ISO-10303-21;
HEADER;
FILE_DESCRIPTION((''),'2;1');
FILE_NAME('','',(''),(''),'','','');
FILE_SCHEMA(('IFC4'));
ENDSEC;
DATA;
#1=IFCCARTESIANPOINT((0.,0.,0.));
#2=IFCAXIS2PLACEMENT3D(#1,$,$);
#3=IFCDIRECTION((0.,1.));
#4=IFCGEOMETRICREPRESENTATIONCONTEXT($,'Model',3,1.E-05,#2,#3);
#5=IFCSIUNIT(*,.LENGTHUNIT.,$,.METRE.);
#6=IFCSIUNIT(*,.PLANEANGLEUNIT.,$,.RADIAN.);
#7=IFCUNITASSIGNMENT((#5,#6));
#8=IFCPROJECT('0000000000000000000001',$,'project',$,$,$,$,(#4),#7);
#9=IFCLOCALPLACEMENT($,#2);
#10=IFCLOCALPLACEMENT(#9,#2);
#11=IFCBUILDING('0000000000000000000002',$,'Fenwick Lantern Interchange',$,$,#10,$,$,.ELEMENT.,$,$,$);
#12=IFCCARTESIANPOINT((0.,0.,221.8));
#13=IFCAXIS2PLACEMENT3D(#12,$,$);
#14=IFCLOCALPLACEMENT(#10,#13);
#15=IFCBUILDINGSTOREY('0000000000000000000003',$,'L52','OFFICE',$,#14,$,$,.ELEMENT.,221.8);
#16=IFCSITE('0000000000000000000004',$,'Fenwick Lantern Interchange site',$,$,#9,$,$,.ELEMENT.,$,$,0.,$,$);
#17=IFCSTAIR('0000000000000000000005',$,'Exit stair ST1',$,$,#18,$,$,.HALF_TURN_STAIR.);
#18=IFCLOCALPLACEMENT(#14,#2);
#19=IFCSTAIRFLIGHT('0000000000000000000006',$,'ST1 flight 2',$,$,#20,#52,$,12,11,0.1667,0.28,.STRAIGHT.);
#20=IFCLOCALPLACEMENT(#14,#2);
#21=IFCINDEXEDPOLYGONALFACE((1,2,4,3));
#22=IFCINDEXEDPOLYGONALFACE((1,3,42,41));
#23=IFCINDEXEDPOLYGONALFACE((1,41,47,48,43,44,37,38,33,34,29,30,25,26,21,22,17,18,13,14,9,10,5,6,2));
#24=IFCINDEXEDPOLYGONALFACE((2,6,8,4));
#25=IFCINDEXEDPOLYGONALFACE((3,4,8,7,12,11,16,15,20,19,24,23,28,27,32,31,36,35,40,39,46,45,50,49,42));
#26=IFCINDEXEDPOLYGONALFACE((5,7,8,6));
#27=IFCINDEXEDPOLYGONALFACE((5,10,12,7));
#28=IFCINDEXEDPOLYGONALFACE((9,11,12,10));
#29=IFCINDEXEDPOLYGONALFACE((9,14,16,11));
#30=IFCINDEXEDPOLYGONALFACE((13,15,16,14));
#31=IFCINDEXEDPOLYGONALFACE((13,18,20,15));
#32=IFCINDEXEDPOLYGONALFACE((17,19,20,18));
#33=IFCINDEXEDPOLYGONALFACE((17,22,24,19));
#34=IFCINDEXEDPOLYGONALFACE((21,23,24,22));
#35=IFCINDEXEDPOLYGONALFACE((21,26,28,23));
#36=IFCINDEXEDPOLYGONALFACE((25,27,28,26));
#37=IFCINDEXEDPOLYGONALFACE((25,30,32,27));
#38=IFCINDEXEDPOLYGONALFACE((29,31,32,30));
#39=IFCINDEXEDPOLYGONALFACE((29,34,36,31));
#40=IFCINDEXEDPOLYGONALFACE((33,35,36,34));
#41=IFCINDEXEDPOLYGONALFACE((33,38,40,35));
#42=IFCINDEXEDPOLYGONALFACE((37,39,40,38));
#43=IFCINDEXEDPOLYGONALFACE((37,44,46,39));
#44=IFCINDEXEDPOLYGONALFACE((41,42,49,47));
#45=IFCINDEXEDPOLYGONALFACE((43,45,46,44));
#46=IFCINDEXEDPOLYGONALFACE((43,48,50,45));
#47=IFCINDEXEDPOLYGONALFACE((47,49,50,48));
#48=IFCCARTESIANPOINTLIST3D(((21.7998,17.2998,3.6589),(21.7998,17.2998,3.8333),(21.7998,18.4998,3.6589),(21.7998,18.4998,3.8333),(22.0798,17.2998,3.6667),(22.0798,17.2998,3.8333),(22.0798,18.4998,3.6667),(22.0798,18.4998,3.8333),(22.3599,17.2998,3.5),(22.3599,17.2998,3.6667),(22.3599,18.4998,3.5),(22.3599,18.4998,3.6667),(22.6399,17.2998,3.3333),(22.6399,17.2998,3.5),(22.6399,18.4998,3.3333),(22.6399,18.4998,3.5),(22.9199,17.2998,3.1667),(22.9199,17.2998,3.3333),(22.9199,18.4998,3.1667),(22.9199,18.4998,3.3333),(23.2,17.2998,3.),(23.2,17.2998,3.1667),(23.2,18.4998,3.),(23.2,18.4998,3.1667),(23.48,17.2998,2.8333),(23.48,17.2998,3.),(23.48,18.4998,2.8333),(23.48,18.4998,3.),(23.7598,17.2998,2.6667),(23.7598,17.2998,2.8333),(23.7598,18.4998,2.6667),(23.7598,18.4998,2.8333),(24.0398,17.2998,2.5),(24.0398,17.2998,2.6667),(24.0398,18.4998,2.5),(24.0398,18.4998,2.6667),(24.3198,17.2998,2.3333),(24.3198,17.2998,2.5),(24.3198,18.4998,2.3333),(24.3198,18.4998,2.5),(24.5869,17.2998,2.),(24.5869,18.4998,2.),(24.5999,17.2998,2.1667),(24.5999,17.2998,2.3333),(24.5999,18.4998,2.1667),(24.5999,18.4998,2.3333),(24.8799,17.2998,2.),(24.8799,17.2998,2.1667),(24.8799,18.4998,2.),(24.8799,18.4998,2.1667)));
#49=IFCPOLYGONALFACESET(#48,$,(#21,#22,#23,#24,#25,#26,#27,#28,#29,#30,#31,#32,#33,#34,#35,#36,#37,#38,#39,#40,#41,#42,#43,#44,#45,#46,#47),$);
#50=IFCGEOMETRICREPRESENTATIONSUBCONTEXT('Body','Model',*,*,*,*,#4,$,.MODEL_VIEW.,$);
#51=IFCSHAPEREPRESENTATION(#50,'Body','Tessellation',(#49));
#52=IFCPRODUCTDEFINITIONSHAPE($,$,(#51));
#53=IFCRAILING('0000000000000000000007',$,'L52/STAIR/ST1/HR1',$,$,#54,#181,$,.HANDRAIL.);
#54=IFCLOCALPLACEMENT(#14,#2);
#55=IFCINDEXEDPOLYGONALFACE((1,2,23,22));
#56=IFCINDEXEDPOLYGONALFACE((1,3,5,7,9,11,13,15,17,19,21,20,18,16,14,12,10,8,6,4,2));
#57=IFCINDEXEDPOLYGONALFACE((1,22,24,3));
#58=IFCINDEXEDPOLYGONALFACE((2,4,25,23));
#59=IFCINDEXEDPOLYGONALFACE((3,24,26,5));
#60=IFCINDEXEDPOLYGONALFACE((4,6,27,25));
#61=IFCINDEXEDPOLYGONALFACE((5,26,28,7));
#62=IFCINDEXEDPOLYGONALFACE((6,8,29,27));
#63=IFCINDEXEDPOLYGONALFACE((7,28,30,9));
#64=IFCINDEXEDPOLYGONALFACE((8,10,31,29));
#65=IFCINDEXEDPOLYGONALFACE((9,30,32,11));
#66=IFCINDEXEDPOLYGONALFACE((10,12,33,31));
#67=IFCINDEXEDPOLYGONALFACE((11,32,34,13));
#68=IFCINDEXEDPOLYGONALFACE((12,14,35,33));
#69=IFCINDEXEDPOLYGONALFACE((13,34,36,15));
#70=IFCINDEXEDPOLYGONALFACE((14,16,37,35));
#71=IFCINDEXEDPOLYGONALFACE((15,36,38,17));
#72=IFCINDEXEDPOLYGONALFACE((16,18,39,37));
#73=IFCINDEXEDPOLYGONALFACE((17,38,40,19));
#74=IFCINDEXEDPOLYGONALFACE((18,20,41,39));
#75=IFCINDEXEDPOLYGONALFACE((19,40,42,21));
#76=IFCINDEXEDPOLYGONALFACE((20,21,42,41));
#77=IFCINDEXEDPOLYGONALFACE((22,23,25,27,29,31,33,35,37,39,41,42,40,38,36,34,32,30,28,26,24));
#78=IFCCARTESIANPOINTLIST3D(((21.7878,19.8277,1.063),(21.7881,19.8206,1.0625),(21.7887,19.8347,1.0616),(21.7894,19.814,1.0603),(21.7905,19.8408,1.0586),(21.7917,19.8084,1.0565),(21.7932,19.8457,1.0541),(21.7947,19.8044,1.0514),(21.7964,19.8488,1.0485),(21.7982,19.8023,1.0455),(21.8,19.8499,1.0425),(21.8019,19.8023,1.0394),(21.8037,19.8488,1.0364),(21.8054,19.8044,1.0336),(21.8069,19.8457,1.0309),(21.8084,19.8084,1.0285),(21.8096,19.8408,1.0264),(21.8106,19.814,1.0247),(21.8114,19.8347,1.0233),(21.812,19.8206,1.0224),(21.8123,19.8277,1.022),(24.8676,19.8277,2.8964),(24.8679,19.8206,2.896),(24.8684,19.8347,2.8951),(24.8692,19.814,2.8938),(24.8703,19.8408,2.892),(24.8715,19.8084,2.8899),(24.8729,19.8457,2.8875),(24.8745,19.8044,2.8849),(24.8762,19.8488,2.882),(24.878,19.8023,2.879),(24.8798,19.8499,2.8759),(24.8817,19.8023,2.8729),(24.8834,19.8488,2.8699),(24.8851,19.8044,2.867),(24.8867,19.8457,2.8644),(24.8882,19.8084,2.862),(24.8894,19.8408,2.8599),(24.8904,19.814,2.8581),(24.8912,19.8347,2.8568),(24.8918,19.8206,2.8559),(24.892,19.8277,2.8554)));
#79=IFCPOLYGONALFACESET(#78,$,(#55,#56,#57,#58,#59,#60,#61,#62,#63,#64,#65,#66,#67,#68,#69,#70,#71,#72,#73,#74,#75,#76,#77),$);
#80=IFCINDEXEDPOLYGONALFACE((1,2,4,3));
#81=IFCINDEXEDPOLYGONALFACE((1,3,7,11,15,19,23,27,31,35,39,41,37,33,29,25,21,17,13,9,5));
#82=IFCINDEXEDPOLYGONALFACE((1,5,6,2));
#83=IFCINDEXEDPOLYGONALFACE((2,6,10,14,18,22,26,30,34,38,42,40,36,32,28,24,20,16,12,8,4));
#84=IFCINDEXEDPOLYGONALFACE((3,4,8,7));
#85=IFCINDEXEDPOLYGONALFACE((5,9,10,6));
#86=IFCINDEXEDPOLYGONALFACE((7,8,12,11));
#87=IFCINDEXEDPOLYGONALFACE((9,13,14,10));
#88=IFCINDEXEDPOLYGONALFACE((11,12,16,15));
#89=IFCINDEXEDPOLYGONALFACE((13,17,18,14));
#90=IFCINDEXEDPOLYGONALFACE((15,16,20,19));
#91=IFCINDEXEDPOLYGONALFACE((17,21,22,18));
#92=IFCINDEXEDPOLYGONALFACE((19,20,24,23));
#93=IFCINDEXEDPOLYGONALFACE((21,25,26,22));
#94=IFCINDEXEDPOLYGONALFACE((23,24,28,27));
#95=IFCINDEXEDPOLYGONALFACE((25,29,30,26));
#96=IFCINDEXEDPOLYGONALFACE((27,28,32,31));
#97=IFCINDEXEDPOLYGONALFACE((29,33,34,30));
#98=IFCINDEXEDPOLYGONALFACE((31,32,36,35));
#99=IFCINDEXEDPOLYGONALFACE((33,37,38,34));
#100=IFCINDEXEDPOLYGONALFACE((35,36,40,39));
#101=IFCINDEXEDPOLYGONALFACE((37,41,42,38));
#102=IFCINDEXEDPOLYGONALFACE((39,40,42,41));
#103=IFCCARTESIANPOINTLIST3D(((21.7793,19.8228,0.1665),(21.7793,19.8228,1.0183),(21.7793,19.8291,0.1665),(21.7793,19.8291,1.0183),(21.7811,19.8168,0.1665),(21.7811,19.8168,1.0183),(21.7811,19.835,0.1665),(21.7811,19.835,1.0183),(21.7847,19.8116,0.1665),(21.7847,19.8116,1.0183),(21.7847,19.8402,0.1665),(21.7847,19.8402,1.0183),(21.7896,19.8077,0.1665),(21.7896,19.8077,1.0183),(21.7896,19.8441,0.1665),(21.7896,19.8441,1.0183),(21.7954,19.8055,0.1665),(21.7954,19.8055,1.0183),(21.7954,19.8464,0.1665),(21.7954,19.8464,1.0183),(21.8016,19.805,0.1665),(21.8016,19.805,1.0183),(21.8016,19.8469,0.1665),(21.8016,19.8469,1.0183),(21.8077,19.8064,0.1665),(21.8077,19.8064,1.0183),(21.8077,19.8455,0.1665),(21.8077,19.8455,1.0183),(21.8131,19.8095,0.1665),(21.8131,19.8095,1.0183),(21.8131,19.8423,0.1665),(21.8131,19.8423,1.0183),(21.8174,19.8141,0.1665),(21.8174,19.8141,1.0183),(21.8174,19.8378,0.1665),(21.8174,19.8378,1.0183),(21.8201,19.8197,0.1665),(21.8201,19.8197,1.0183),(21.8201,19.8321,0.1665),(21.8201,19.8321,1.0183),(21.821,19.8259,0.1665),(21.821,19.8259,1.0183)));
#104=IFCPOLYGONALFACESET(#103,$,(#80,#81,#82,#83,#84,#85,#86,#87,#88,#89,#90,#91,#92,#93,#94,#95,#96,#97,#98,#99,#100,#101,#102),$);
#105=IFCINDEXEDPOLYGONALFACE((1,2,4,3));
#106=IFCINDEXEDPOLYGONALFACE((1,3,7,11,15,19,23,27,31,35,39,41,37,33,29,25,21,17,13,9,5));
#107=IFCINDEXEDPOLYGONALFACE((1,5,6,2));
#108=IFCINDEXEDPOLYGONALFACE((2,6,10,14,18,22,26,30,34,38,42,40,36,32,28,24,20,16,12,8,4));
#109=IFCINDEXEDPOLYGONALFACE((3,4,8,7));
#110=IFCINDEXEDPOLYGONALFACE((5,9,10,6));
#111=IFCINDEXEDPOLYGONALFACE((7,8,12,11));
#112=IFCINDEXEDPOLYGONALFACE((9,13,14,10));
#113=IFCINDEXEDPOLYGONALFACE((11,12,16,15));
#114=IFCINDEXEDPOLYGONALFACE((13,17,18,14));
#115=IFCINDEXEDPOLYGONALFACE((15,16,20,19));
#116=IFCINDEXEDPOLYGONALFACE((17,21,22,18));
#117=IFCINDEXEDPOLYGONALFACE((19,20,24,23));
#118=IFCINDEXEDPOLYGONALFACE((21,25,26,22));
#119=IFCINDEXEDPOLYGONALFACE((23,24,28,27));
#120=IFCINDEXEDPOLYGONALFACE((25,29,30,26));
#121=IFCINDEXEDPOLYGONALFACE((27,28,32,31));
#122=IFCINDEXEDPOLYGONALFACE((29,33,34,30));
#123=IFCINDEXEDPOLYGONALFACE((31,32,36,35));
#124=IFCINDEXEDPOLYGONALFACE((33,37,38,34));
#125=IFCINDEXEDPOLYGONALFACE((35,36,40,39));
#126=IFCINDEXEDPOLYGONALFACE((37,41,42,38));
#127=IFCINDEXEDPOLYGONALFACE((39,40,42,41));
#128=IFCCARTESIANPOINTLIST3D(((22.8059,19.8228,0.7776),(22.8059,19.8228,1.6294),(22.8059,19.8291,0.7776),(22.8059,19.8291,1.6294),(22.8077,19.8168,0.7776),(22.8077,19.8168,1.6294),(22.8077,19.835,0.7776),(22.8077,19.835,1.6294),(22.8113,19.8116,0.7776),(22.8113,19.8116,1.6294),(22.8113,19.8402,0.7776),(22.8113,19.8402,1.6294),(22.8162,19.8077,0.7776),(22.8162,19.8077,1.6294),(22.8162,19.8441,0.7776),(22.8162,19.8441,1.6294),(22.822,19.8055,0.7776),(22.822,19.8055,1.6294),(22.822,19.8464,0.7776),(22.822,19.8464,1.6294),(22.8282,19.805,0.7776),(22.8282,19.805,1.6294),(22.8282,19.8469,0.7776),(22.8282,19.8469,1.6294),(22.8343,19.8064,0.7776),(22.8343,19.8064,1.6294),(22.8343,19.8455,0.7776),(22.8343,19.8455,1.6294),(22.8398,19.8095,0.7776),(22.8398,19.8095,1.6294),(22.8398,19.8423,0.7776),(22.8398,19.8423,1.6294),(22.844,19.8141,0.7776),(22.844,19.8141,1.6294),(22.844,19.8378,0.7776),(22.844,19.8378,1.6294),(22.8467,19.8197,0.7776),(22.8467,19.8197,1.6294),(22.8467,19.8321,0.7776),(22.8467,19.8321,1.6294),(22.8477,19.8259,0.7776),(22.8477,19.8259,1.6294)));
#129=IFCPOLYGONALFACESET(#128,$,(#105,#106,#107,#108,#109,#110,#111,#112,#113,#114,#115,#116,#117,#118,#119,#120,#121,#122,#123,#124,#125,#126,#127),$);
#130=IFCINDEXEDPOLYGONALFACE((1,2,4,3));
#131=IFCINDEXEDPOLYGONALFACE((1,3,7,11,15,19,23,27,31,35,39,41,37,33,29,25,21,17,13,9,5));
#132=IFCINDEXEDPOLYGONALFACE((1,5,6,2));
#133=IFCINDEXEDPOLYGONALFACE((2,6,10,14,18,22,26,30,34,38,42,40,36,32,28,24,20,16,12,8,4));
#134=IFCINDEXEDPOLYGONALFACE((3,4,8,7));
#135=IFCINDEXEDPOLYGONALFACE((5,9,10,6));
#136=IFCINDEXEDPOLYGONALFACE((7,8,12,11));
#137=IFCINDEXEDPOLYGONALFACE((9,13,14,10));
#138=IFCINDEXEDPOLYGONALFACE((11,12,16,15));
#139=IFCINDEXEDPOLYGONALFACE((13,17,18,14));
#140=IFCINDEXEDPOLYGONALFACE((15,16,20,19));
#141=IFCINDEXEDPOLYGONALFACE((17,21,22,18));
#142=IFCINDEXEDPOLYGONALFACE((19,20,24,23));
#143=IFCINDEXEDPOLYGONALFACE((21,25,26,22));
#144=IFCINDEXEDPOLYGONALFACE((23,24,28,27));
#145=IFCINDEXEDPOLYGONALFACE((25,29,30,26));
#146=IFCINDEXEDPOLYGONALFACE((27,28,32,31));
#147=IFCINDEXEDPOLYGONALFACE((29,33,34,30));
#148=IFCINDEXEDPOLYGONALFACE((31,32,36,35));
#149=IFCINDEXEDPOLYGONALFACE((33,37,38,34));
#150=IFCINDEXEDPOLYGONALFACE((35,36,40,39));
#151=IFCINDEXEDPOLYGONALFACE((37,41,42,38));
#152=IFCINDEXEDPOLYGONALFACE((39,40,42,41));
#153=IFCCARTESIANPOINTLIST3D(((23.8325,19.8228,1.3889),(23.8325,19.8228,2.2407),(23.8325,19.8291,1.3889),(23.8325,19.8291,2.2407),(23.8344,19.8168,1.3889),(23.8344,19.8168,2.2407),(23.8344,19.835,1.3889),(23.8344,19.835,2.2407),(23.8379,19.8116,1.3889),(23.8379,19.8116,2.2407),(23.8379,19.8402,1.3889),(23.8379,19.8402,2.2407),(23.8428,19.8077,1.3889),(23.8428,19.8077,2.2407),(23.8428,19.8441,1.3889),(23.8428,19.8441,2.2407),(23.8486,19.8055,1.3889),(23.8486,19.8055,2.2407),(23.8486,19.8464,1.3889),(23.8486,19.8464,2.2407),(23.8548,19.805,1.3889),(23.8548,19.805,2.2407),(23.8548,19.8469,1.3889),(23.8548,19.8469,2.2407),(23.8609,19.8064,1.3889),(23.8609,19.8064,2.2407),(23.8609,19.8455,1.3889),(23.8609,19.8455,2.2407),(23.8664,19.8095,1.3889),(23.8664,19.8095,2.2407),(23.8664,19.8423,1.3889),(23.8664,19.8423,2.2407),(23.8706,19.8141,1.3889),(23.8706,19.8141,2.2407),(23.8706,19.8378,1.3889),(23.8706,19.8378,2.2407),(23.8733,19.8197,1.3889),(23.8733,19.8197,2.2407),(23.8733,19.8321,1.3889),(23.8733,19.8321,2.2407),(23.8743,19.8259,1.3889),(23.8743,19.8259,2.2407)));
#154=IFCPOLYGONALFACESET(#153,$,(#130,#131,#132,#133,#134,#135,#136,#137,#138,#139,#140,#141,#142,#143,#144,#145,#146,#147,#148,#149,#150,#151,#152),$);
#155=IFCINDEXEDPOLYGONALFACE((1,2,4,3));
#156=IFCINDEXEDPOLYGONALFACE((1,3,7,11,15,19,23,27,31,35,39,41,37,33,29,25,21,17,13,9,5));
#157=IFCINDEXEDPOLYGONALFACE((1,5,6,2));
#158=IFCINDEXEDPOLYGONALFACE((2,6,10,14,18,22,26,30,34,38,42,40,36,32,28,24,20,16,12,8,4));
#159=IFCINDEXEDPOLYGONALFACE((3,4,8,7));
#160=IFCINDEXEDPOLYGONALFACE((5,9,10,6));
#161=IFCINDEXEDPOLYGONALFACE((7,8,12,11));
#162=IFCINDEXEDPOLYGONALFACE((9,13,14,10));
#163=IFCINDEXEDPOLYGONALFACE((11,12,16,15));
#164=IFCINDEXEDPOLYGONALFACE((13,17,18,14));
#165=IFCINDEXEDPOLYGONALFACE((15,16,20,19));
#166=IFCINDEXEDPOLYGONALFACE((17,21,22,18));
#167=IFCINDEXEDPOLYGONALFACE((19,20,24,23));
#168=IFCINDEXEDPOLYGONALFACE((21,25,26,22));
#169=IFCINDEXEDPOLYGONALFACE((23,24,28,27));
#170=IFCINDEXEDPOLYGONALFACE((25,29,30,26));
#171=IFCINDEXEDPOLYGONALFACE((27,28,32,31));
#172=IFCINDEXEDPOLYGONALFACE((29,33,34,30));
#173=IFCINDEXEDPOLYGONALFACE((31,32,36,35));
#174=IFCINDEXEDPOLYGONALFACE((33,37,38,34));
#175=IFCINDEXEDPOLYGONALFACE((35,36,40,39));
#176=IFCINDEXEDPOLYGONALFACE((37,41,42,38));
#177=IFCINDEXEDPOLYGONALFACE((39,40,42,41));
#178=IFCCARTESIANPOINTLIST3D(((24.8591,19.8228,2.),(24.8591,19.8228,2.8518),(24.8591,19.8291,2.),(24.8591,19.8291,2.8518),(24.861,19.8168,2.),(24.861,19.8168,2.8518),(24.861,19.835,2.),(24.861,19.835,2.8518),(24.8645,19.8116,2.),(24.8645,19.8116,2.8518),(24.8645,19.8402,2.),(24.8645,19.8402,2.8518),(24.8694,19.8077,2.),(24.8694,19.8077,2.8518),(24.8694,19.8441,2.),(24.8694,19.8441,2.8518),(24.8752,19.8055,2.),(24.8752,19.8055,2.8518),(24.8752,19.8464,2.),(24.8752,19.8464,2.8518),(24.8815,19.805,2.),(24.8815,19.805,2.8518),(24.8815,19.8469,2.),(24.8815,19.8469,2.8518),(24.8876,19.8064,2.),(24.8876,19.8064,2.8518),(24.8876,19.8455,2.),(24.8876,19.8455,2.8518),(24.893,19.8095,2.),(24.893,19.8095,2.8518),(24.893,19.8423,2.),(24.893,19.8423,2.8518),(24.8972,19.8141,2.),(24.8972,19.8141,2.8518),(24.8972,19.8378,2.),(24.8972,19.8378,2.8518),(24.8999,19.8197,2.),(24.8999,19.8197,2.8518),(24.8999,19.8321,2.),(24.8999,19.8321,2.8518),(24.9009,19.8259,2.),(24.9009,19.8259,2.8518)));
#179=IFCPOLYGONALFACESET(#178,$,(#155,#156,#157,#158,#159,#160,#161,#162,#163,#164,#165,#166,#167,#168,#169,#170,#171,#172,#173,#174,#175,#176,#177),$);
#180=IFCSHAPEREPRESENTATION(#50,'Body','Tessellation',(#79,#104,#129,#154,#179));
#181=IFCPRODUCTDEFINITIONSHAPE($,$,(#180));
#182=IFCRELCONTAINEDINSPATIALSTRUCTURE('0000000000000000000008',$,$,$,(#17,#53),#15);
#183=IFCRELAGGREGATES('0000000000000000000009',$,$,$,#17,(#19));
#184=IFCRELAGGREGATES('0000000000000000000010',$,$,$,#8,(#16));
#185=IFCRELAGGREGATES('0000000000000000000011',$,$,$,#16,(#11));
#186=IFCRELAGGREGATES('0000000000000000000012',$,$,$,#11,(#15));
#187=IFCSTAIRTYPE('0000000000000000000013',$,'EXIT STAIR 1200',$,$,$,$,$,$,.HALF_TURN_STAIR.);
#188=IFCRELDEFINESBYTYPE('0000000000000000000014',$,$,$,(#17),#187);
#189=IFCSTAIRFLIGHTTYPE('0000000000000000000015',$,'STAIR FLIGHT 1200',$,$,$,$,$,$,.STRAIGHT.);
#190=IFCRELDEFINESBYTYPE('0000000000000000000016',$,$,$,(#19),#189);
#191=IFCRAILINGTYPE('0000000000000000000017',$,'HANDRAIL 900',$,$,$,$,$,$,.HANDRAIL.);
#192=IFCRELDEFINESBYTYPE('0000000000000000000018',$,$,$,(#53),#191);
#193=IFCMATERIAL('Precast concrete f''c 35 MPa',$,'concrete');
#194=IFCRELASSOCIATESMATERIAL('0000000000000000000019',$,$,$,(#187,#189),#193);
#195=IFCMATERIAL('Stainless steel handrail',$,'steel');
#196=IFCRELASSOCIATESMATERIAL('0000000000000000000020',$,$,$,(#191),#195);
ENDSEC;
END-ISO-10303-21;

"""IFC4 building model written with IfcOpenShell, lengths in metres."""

from ifc_helpers import new_model, si_unit, direction, frame, origin, origin_2d, place, context, subcontext, project, spatial, polyline, circle, outline, extrude, material, type_object, element, aggregate, save


model = new_model("IFC4")

# Units and contexts
model_context = context("Model", 3, precision=1e-05, world=origin(), true_north=direction((0.0, 1.0)))
body_context = subcontext(model_context, "Body", "Model", "MODEL_VIEW")
ifc_project = project(units=[si_unit("LENGTHUNIT", "METRE"), si_unit("PLANEANGLEUNIT", "RADIAN")], contexts=[model_context])

# Site, building, storey
site_placement = place(None, origin())
site = spatial("IfcSite", under=ifc_project, at=site_placement, Name="Fenwick Lantern Interchange site", CompositionType="ELEMENT", RefElevation=0.0)
building_placement = place(site_placement, origin())
building = spatial("IfcBuilding", under=site, at=building_placement, Name="Fenwick Lantern Interchange", CompositionType="ELEMENT")
storey_placement = place(building_placement, frame((0.0, 0.0, 221.8)))
storey = spatial("IfcBuildingStorey", under=building, at=storey_placement, Name="L52", Description="OFFICE", CompositionType="ELEMENT", Elevation=221.8)

# Stair, stair flight
ifc_material_1 = material(Name="Precast concrete f'c 35 MPa", Category="concrete")
stair_type = type_object("IfcStairType", Name="EXIT STAIR 1200", PredefinedType="HALF_TURN_STAIR", material=ifc_material_1)
stair_placement = place(storey_placement, origin())
stair = element("IfcStair", 1, at=stair_placement, inside=storey, type_object=stair_type, Name="Exit stair ST1", PredefinedType="HALF_TURN_STAIR")
stair_flight_type = type_object("IfcStairFlightType", Name="STAIR FLIGHT 1200", PredefinedType="STRAIGHT", material=ifc_material_1)
stair_flight_1_placement = place(storey_placement, frame((24.8799, 17.8999, 2.0), z_axis=(0.0, 0.0, 1.0), x_axis=(-1.0, 0.0, 0.0)))
stair_flight_1 = element("IfcStairFlight", 2, at=stair_flight_1_placement, type_object=stair_flight_type, Name="ST1 flight 2", NumberOfRisers=12, NumberOfTreads=11, PredefinedType="STRAIGHT", RiserHeight=0.1667, TreadLength=0.28, context=body_context, shape_type="SweptSolid", body=[
    extrude(outline(polyline([(0.0, 0.0), (0.0, 0.1667), (0.28, 0.1667), (0.28, 0.3333), (0.5601, 0.3333), (0.5601, 0.5), (0.8401, 0.5), (0.8401, 0.6667), (1.1201, 0.6667), (1.1201, 0.8333), (1.3999, 0.8333), (1.3999, 1.0), (1.6799, 1.0), (1.6799, 1.1667), (1.96, 1.1667), (1.96, 1.3333), (2.24, 1.3333), (2.24, 1.5), (2.52, 1.5), (2.52, 1.6667), (2.8, 1.6667), (2.8, 1.8333), (3.0801, 1.8333), (3.0801, 2.0), (3.0801, 1.6589), (0.293, 0.0), (0.0, 0.0)])), frame((0.0, 0.6001, 0.0), z_axis=(0.0, -1.0, 0.0), x_axis=(1.0, 0.0, 0.0)), (0.0, 0.0, 1.0), 1.2),
])
aggregate(stair, [stair_flight_1])

# Railing
ifc_material_2 = material(Name="Stainless steel handrail", Category="steel")
railing_type = type_object("IfcRailingType", Name="HANDRAIL 900", PredefinedType="HANDRAIL", material=ifc_material_2)
railing_1_placement = place(storey_placement, frame((21.8, 19.8259, 0.1665)))
element("IfcRailing", 3, at=railing_1_placement, inside=storey, type_object=railing_type, Name="L52/STAIR/ST1/HR1", PredefinedType="HANDRAIL", context=body_context, shape_type="SweptSolid", body=[
    extrude(circle(Radius=0.0239, at=origin_2d()), frame((0.0, 0.0, 0.876), z_axis=(0.859261, 0.0, 0.511538), x_axis=(0.0, 1.0, 0.0)), (0.0, 0.0, 1.0), 3.5842),
    extrude(circle(Radius=0.021, at=origin_2d()), origin(), (0.0, 0.0, 1.0), 0.8518),
    extrude(circle(Radius=0.021, at=origin_2d()), frame((1.0266, 0.0, 0.6111)), (0.0, 0.0, 1.0), 0.8518),
    extrude(circle(Radius=0.021, at=origin_2d()), frame((2.0532, 0.0, 1.2224)), (0.0, 0.0, 1.0), 0.8518),
    extrude(circle(Radius=0.021, at=origin_2d()), frame((3.0798, 0.0, 1.8335)), (0.0, 0.0, 1.0), 0.8518),
])

save(model, "model.ifc")
